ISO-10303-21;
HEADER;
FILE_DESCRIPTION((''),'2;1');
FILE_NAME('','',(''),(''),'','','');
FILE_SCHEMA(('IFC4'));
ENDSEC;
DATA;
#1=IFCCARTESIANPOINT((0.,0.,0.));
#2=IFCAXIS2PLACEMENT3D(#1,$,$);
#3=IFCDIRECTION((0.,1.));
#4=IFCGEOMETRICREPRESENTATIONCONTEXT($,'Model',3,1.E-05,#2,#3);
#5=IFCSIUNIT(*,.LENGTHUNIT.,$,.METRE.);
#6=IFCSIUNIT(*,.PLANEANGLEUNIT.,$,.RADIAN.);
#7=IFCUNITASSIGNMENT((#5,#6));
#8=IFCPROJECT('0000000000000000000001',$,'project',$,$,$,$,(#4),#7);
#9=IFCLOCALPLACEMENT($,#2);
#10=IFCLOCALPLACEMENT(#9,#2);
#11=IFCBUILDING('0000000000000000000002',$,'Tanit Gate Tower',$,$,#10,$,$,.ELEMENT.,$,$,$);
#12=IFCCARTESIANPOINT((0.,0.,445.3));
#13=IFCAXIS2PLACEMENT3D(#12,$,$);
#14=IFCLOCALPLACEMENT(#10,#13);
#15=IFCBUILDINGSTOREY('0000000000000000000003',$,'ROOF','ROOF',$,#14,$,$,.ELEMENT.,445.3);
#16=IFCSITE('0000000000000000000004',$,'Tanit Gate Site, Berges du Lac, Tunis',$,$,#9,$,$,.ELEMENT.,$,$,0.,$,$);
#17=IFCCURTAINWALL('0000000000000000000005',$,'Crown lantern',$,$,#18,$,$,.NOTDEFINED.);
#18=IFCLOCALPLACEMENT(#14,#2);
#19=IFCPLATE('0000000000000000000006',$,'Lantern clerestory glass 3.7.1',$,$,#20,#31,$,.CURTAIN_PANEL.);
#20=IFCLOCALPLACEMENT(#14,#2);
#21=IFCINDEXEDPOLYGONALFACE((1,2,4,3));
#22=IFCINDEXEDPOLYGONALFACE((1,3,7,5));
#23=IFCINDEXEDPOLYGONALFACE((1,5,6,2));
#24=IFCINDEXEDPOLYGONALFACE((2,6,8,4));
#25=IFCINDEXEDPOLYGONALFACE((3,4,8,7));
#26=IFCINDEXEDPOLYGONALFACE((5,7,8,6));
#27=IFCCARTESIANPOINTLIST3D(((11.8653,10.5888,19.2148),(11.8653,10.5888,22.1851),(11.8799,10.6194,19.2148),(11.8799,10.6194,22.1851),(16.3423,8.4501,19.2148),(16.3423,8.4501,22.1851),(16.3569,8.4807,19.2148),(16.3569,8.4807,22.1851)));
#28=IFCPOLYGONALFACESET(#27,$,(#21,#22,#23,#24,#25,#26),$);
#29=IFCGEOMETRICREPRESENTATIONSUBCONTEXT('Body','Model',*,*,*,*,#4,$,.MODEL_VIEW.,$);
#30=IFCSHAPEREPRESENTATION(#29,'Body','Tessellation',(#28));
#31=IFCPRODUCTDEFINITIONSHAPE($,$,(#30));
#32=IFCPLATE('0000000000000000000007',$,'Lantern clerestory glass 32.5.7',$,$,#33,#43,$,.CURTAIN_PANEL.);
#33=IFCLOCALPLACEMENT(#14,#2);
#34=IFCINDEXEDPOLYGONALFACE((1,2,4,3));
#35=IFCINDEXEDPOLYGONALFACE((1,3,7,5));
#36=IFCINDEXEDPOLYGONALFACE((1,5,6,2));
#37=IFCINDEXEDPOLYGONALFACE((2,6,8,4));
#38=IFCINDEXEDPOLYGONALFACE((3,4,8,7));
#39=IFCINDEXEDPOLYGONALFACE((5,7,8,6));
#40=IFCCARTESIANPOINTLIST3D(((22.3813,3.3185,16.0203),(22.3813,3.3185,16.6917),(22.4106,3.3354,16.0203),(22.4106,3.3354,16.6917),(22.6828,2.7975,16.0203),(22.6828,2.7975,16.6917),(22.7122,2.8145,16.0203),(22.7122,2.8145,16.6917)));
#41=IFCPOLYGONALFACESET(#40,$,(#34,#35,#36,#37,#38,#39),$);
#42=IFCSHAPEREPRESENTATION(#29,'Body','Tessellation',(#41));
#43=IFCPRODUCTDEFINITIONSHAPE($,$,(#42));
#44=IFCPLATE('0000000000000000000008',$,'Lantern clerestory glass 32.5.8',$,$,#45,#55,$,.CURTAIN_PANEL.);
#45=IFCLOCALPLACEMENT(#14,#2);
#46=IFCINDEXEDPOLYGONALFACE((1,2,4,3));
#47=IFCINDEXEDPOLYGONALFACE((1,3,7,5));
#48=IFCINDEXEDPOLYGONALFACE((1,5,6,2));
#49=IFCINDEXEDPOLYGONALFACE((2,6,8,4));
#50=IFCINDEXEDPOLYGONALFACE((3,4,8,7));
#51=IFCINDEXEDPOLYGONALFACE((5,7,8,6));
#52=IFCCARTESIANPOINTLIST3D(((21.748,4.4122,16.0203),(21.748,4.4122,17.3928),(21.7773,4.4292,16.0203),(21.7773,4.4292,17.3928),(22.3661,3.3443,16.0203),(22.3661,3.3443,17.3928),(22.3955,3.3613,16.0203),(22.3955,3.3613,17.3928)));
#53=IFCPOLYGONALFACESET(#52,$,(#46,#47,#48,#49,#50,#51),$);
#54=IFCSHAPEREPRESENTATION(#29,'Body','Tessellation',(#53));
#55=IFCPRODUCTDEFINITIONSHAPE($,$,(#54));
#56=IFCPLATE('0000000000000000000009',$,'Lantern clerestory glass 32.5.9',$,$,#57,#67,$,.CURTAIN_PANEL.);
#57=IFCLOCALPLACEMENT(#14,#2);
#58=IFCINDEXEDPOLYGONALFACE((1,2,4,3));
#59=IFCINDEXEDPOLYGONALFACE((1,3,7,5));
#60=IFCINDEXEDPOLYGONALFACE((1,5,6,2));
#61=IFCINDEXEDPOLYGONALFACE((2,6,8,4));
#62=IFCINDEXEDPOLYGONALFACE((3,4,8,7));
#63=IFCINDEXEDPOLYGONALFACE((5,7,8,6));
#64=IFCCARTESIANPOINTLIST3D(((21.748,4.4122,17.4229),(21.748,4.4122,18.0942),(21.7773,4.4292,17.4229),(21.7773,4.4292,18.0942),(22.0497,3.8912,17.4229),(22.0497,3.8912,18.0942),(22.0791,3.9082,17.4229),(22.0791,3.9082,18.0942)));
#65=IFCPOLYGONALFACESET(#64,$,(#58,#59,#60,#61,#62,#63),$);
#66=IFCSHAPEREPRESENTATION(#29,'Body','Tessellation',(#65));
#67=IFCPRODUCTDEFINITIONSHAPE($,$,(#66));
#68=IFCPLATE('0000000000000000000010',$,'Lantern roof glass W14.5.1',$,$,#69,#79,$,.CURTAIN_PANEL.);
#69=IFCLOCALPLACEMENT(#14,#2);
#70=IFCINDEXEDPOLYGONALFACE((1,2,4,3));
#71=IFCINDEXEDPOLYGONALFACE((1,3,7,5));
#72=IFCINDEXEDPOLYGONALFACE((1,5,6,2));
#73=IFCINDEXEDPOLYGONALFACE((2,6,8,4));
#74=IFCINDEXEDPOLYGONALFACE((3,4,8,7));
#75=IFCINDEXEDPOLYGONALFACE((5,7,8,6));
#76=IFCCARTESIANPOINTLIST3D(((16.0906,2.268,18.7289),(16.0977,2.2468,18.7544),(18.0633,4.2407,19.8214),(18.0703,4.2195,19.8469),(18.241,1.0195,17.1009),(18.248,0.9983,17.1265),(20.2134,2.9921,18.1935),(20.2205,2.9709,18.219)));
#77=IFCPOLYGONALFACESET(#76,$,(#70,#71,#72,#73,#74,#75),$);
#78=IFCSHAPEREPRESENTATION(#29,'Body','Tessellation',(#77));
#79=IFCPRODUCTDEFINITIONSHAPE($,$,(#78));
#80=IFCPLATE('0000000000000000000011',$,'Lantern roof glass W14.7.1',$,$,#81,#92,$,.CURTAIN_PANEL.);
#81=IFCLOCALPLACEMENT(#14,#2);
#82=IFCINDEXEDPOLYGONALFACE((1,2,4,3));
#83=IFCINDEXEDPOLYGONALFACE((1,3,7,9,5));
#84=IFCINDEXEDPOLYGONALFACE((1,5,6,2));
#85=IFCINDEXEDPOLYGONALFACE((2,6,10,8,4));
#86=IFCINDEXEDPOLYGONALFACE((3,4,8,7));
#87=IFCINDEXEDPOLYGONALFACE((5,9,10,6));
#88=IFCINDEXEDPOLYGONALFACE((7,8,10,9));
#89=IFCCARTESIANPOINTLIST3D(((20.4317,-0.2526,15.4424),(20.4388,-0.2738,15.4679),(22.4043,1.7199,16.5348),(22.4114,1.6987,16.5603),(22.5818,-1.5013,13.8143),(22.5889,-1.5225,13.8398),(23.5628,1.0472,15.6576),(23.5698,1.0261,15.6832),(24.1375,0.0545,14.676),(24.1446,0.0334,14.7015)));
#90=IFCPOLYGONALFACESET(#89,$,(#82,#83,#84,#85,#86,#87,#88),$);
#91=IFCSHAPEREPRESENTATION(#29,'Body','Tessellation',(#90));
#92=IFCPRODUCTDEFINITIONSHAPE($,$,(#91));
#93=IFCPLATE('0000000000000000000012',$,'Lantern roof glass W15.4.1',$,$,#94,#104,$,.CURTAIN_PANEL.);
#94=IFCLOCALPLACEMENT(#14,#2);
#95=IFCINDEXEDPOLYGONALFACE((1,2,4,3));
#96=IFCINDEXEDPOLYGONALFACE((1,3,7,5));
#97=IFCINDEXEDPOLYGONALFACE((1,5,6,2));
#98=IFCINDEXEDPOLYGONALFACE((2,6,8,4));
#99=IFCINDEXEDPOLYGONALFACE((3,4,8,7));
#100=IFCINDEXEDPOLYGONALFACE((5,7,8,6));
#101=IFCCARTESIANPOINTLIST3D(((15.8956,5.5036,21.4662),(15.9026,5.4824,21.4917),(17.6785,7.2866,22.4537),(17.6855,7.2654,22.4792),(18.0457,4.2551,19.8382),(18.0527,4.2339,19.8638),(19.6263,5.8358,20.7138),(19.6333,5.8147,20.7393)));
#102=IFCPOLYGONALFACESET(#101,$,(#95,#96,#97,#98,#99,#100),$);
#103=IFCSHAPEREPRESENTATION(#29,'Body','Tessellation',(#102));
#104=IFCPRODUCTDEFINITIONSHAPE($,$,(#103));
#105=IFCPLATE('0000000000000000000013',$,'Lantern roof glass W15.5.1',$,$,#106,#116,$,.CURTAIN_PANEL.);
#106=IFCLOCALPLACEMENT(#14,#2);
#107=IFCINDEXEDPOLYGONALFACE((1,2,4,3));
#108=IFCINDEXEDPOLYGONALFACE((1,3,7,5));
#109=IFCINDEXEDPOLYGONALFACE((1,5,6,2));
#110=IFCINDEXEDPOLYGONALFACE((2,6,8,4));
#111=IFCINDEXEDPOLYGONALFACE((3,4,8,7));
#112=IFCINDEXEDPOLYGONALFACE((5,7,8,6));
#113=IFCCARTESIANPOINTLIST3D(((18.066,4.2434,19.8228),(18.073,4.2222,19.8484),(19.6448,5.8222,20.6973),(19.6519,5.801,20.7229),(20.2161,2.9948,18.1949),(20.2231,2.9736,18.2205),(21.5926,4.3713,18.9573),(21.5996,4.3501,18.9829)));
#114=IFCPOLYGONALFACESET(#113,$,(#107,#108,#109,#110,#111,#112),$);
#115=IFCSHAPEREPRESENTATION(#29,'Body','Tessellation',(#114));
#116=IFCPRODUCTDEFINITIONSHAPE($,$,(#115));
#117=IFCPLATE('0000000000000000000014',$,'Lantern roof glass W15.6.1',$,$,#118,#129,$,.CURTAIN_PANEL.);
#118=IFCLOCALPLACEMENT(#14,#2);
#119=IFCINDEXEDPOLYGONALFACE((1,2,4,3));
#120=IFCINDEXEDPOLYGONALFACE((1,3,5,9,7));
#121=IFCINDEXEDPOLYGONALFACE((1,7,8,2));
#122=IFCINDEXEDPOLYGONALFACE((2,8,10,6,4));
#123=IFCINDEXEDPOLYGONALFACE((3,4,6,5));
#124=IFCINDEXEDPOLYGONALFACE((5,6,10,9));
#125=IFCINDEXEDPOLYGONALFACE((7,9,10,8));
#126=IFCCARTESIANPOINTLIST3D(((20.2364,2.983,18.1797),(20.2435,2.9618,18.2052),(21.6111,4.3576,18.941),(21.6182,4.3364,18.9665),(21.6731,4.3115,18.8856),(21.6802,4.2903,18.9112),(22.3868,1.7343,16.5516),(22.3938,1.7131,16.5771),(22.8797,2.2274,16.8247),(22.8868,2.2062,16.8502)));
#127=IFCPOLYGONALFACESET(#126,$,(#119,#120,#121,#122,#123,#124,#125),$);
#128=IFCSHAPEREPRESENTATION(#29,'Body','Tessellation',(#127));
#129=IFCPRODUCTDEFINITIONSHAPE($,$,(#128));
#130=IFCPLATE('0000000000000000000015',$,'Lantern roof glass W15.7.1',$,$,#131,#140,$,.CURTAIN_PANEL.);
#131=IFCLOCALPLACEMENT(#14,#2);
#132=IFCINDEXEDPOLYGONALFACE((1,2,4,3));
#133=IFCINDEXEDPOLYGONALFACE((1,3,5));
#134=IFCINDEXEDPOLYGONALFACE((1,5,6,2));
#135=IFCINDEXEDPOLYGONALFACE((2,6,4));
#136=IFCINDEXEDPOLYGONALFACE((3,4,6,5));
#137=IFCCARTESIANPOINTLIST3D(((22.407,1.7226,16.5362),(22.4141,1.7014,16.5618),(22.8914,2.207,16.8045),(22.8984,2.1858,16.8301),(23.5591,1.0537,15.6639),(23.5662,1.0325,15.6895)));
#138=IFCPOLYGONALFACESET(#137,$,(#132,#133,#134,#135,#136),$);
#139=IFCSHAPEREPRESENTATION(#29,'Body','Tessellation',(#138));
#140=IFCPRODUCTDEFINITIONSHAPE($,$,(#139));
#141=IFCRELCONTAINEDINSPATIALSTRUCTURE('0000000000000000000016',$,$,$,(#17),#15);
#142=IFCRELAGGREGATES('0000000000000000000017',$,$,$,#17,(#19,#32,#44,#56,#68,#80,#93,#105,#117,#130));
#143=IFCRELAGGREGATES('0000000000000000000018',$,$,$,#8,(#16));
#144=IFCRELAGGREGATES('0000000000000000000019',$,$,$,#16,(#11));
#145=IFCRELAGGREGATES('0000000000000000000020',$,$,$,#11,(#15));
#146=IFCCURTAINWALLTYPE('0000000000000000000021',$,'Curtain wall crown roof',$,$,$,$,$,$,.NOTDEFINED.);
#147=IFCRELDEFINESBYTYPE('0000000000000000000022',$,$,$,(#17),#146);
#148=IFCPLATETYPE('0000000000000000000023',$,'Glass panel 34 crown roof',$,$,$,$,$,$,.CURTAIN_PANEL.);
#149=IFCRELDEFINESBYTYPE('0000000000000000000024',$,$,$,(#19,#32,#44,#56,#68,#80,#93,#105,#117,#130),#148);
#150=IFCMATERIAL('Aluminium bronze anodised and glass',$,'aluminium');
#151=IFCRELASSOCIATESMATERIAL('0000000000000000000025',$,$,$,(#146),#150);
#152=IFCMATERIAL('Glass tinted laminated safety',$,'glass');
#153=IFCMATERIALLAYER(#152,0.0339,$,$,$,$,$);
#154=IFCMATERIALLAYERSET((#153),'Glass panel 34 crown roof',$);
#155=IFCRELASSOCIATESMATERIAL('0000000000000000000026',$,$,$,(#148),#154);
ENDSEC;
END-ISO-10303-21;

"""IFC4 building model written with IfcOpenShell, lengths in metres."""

from ifc_helpers import new_model, si_unit, direction, frame, origin, place, context, subcontext, project, spatial, polyline, outline, extrude, material, layer, layer_set, type_object, element, aggregate, save


model = new_model("IFC4")

# Units and contexts
model_context = context("Model", 3, precision=1e-05, world=origin(), true_north=direction((0.0, 1.0)))
body_context = subcontext(model_context, "Body", "Model", "MODEL_VIEW")
ifc_project = project(units=[si_unit("LENGTHUNIT", "METRE"), si_unit("PLANEANGLEUNIT", "RADIAN")], contexts=[model_context])

# Site, building, storey
site_placement = place(None, origin())
site = spatial("IfcSite", under=ifc_project, at=site_placement, Name="Tanit Gate Site, Berges du Lac, Tunis", CompositionType="ELEMENT", RefElevation=0.0)
building_placement = place(site_placement, origin())
building = spatial("IfcBuilding", under=site, at=building_placement, Name="Tanit Gate Tower", CompositionType="ELEMENT")
storey_placement = place(building_placement, frame((0.0, 0.0, 445.3)))
storey = spatial("IfcBuildingStorey", under=building, at=storey_placement, Name="ROOF", Description="ROOF", CompositionType="ELEMENT", Elevation=445.3)

# Curtain wall, plates
ifc_material_1 = material(Name="Aluminium bronze anodised and glass", Category="aluminium")
curtain_wall_type = type_object("IfcCurtainWallType", Name="Curtain wall crown roof", PredefinedType="NOTDEFINED", material=ifc_material_1)
curtain_wall_placement = place(storey_placement, origin())
curtain_wall = element("IfcCurtainWall", 1, at=curtain_wall_placement, inside=storey, type_object=curtain_wall_type, Name="Crown lantern", PredefinedType="NOTDEFINED")
ifc_material_2 = material(Name="Glass tinted laminated safety", Category="glass")
ifc_layer = layer(ifc_material_2, 0.0339)
ifc_layer_set = layer_set([ifc_layer], Name="Glass panel 34 crown roof")
plate_type = type_object("IfcPlateType", Name="Glass panel 34 crown roof", PredefinedType="CURTAIN_PANEL", material=ifc_layer_set)
plate_1_placement = place(storey_placement, frame((16.3569, 8.4807, 19.2148), z_axis=(0.431041, 0.902332, 0.0), x_axis=(-0.902332, 0.431041, 0.0)))
plate_1 = element("IfcPlate", 2, at=plate_1_placement, type_object=plate_type, Name="Lantern clerestory glass 3.7.1", PredefinedType="CURTAIN_PANEL", context=body_context, shape_type="SweptSolid", body=[
    extrude(outline(polyline([(0.0, 0.0), (4.9616, 0.0), (4.9616, 2.9702), (0.0, 2.9702), (0.0, 0.0)])), origin(), (0.0, 0.0, -1.0), 0.0339),
])
plate_2_placement = place(storey_placement, frame((22.7122, 2.8145, 16.0203), z_axis=(0.86551, 0.500892, 0.0), x_axis=(-0.500892, 0.86551, 0.0)))
plate_2 = element("IfcPlate", 3, at=plate_2_placement, type_object=plate_type, Name="Lantern clerestory glass 32.5.7", PredefinedType="CURTAIN_PANEL", context=body_context, shape_type="SweptSolid", body=[
    extrude(outline(polyline([(0.0, 0.0), (0.602, 0.0), (0.602, 0.6714), (0.0, 0.6714), (0.0, 0.0)])), origin(), (0.0, 0.0, -1.0), 0.0339),
])
plate_3_placement = place(storey_placement, frame((22.3955, 3.3613, 16.0203), z_axis=(0.865453, 0.500989, 0.0), x_axis=(-0.500989, 0.865453, 0.0)))
plate_3 = element("IfcPlate", 4, at=plate_3_placement, type_object=plate_type, Name="Lantern clerestory glass 32.5.8", PredefinedType="CURTAIN_PANEL", context=body_context, shape_type="SweptSolid", body=[
    extrude(outline(polyline([(0.0, 0.0), (1.2339, 0.0), (1.2339, 1.3726), (0.0, 1.3726), (0.0, 0.0)])), origin(), (0.0, 0.0, -1.0), 0.0339),
])
plate_4_placement = place(storey_placement, frame((22.0791, 3.9082, 17.4229), z_axis=(0.865334, 0.501196, 0.0), x_axis=(-0.501196, 0.865334, 0.0)))
plate_4 = element("IfcPlate", 5, at=plate_4_placement, type_object=plate_type, Name="Lantern clerestory glass 32.5.9", PredefinedType="CURTAIN_PANEL", context=body_context, shape_type="SweptSolid", body=[
    extrude(outline(polyline([(0.0, 0.0), (0.6021, 0.0), (0.6021, 0.6714), (0.0, 0.6714), (0.0, 0.0)])), origin(), (0.0, 0.0, -1.0), 0.0339),
])
plate_5_placement = place(storey_placement, frame((18.248, 0.9983, 17.1265), z_axis=(0.207467, -0.624482, 0.75298), x_axis=(0.658373, 0.658447, 0.364681)))
plate_5 = element("IfcPlate", 6, at=plate_5_placement, type_object=plate_type, Name="Lantern roof glass W14.5.1", PredefinedType="CURTAIN_PANEL", context=body_context, shape_type="SweptSolid", body=[
    extrude(outline(polyline([(0.0, 0.0), (2.9959, 0.0), (2.9961, 2.9719), (0.0, 2.9721), (0.0, 0.0)])), origin(), (0.0, 0.0, -1.0), 0.0339),
])
plate_6_placement = place(storey_placement, frame((22.4114, 1.6987, 16.5603), z_axis=(0.207478, -0.624489, 0.752972), x_axis=(-0.65844, -0.658408, -0.36463)))
plate_6 = element("IfcPlate", 7, at=plate_6_placement, type_object=plate_type, Name="Lantern roof glass W14.7.1", PredefinedType="CURTAIN_PANEL", context=body_context, shape_type="SweptSolid", body=[
    extrude(outline(polyline([(0.0, 0.0), (2.9959, 0.0), (2.996, 2.972), (0.6331, 2.9718), (-0.0001, 1.6012), (0.0, 0.0)])), origin(), (0.0, 0.0, -1.0), 0.0339),
])
plate_7_placement = place(storey_placement, frame((18.0527, 4.2339, 19.8638), z_axis=(0.207484, -0.6245, 0.752961), x_axis=(0.658367, 0.658447, 0.364692)))
plate_7 = element("IfcPlate", 8, at=plate_7_placement, type_object=plate_type, Name="Lantern roof glass W15.4.1", PredefinedType="CURTAIN_PANEL", context=body_context, shape_type="SweptSolid", body=[
    extrude(outline(polyline([(0.0, 0.0), (2.4008, 0.0), (2.7082, 2.9717), (0.0002, 2.9719), (0.0, 0.0)])), origin(), (0.0, 0.0, -1.0), 0.0339),
])
plate_8_placement = place(storey_placement, frame((20.2231, 2.9736, 18.2205), z_axis=(0.207442, -0.624511, 0.752963), x_axis=(0.658402, 0.658409, 0.364697)))
plate_8 = element("IfcPlate", 9, at=plate_8_placement, type_object=plate_type, Name="Lantern roof glass W15.5.1", PredefinedType="CURTAIN_PANEL", context=body_context, shape_type="SweptSolid", body=[
    extrude(outline(polyline([(0.0, 0.0), (2.0906, 0.0), (2.3981, 2.9719), (0.0001, 2.9719), (0.0, 0.0)])), origin(), (0.0, 0.0, -1.0), 0.0339),
])
plate_9_placement = place(storey_placement, frame((22.3938, 1.7131, 16.5771), z_axis=(0.207475, -0.62449, 0.752971), x_axis=(0.658342, 0.658463, 0.364708)))
plate_9 = element("IfcPlate", 10, at=plate_9_placement, type_object=plate_type, Name="Lantern roof glass W15.6.1", PredefinedType="CURTAIN_PANEL", context=body_context, shape_type="SweptSolid", body=[
    extrude(outline(polyline([(0.0, 0.0), (0.7488, 0.0), (2.0784, 2.8773), (2.0881, 2.9719), (0.0003, 2.9722), (0.0, 0.0)])), origin(), (0.0, 0.0, -1.0), 0.0339),
])
plate_10_placement = place(storey_placement, frame((22.8984, 2.1858, 16.8301), z_axis=(0.207462, -0.624537, 0.752937), x_axis=(-0.658402, -0.658402, -0.36471)))
plate_10 = element("IfcPlate", 11, at=plate_10_placement, type_object=plate_type, Name="Lantern roof glass W15.7.1", PredefinedType="CURTAIN_PANEL", context=body_context, shape_type="SweptSolid", body=[
    extrude(outline(polyline([(0.0, 0.0), (0.7357, 0.0), (0.7357, 1.5924), (0.0, 0.0)])), origin(), (0.0, 0.0, -1.0), 0.0339),
])
aggregate(curtain_wall, [plate_1, plate_2, plate_3, plate_4, plate_5, plate_6, plate_7, plate_8, plate_9, plate_10])

save(model, "model.ifc")
